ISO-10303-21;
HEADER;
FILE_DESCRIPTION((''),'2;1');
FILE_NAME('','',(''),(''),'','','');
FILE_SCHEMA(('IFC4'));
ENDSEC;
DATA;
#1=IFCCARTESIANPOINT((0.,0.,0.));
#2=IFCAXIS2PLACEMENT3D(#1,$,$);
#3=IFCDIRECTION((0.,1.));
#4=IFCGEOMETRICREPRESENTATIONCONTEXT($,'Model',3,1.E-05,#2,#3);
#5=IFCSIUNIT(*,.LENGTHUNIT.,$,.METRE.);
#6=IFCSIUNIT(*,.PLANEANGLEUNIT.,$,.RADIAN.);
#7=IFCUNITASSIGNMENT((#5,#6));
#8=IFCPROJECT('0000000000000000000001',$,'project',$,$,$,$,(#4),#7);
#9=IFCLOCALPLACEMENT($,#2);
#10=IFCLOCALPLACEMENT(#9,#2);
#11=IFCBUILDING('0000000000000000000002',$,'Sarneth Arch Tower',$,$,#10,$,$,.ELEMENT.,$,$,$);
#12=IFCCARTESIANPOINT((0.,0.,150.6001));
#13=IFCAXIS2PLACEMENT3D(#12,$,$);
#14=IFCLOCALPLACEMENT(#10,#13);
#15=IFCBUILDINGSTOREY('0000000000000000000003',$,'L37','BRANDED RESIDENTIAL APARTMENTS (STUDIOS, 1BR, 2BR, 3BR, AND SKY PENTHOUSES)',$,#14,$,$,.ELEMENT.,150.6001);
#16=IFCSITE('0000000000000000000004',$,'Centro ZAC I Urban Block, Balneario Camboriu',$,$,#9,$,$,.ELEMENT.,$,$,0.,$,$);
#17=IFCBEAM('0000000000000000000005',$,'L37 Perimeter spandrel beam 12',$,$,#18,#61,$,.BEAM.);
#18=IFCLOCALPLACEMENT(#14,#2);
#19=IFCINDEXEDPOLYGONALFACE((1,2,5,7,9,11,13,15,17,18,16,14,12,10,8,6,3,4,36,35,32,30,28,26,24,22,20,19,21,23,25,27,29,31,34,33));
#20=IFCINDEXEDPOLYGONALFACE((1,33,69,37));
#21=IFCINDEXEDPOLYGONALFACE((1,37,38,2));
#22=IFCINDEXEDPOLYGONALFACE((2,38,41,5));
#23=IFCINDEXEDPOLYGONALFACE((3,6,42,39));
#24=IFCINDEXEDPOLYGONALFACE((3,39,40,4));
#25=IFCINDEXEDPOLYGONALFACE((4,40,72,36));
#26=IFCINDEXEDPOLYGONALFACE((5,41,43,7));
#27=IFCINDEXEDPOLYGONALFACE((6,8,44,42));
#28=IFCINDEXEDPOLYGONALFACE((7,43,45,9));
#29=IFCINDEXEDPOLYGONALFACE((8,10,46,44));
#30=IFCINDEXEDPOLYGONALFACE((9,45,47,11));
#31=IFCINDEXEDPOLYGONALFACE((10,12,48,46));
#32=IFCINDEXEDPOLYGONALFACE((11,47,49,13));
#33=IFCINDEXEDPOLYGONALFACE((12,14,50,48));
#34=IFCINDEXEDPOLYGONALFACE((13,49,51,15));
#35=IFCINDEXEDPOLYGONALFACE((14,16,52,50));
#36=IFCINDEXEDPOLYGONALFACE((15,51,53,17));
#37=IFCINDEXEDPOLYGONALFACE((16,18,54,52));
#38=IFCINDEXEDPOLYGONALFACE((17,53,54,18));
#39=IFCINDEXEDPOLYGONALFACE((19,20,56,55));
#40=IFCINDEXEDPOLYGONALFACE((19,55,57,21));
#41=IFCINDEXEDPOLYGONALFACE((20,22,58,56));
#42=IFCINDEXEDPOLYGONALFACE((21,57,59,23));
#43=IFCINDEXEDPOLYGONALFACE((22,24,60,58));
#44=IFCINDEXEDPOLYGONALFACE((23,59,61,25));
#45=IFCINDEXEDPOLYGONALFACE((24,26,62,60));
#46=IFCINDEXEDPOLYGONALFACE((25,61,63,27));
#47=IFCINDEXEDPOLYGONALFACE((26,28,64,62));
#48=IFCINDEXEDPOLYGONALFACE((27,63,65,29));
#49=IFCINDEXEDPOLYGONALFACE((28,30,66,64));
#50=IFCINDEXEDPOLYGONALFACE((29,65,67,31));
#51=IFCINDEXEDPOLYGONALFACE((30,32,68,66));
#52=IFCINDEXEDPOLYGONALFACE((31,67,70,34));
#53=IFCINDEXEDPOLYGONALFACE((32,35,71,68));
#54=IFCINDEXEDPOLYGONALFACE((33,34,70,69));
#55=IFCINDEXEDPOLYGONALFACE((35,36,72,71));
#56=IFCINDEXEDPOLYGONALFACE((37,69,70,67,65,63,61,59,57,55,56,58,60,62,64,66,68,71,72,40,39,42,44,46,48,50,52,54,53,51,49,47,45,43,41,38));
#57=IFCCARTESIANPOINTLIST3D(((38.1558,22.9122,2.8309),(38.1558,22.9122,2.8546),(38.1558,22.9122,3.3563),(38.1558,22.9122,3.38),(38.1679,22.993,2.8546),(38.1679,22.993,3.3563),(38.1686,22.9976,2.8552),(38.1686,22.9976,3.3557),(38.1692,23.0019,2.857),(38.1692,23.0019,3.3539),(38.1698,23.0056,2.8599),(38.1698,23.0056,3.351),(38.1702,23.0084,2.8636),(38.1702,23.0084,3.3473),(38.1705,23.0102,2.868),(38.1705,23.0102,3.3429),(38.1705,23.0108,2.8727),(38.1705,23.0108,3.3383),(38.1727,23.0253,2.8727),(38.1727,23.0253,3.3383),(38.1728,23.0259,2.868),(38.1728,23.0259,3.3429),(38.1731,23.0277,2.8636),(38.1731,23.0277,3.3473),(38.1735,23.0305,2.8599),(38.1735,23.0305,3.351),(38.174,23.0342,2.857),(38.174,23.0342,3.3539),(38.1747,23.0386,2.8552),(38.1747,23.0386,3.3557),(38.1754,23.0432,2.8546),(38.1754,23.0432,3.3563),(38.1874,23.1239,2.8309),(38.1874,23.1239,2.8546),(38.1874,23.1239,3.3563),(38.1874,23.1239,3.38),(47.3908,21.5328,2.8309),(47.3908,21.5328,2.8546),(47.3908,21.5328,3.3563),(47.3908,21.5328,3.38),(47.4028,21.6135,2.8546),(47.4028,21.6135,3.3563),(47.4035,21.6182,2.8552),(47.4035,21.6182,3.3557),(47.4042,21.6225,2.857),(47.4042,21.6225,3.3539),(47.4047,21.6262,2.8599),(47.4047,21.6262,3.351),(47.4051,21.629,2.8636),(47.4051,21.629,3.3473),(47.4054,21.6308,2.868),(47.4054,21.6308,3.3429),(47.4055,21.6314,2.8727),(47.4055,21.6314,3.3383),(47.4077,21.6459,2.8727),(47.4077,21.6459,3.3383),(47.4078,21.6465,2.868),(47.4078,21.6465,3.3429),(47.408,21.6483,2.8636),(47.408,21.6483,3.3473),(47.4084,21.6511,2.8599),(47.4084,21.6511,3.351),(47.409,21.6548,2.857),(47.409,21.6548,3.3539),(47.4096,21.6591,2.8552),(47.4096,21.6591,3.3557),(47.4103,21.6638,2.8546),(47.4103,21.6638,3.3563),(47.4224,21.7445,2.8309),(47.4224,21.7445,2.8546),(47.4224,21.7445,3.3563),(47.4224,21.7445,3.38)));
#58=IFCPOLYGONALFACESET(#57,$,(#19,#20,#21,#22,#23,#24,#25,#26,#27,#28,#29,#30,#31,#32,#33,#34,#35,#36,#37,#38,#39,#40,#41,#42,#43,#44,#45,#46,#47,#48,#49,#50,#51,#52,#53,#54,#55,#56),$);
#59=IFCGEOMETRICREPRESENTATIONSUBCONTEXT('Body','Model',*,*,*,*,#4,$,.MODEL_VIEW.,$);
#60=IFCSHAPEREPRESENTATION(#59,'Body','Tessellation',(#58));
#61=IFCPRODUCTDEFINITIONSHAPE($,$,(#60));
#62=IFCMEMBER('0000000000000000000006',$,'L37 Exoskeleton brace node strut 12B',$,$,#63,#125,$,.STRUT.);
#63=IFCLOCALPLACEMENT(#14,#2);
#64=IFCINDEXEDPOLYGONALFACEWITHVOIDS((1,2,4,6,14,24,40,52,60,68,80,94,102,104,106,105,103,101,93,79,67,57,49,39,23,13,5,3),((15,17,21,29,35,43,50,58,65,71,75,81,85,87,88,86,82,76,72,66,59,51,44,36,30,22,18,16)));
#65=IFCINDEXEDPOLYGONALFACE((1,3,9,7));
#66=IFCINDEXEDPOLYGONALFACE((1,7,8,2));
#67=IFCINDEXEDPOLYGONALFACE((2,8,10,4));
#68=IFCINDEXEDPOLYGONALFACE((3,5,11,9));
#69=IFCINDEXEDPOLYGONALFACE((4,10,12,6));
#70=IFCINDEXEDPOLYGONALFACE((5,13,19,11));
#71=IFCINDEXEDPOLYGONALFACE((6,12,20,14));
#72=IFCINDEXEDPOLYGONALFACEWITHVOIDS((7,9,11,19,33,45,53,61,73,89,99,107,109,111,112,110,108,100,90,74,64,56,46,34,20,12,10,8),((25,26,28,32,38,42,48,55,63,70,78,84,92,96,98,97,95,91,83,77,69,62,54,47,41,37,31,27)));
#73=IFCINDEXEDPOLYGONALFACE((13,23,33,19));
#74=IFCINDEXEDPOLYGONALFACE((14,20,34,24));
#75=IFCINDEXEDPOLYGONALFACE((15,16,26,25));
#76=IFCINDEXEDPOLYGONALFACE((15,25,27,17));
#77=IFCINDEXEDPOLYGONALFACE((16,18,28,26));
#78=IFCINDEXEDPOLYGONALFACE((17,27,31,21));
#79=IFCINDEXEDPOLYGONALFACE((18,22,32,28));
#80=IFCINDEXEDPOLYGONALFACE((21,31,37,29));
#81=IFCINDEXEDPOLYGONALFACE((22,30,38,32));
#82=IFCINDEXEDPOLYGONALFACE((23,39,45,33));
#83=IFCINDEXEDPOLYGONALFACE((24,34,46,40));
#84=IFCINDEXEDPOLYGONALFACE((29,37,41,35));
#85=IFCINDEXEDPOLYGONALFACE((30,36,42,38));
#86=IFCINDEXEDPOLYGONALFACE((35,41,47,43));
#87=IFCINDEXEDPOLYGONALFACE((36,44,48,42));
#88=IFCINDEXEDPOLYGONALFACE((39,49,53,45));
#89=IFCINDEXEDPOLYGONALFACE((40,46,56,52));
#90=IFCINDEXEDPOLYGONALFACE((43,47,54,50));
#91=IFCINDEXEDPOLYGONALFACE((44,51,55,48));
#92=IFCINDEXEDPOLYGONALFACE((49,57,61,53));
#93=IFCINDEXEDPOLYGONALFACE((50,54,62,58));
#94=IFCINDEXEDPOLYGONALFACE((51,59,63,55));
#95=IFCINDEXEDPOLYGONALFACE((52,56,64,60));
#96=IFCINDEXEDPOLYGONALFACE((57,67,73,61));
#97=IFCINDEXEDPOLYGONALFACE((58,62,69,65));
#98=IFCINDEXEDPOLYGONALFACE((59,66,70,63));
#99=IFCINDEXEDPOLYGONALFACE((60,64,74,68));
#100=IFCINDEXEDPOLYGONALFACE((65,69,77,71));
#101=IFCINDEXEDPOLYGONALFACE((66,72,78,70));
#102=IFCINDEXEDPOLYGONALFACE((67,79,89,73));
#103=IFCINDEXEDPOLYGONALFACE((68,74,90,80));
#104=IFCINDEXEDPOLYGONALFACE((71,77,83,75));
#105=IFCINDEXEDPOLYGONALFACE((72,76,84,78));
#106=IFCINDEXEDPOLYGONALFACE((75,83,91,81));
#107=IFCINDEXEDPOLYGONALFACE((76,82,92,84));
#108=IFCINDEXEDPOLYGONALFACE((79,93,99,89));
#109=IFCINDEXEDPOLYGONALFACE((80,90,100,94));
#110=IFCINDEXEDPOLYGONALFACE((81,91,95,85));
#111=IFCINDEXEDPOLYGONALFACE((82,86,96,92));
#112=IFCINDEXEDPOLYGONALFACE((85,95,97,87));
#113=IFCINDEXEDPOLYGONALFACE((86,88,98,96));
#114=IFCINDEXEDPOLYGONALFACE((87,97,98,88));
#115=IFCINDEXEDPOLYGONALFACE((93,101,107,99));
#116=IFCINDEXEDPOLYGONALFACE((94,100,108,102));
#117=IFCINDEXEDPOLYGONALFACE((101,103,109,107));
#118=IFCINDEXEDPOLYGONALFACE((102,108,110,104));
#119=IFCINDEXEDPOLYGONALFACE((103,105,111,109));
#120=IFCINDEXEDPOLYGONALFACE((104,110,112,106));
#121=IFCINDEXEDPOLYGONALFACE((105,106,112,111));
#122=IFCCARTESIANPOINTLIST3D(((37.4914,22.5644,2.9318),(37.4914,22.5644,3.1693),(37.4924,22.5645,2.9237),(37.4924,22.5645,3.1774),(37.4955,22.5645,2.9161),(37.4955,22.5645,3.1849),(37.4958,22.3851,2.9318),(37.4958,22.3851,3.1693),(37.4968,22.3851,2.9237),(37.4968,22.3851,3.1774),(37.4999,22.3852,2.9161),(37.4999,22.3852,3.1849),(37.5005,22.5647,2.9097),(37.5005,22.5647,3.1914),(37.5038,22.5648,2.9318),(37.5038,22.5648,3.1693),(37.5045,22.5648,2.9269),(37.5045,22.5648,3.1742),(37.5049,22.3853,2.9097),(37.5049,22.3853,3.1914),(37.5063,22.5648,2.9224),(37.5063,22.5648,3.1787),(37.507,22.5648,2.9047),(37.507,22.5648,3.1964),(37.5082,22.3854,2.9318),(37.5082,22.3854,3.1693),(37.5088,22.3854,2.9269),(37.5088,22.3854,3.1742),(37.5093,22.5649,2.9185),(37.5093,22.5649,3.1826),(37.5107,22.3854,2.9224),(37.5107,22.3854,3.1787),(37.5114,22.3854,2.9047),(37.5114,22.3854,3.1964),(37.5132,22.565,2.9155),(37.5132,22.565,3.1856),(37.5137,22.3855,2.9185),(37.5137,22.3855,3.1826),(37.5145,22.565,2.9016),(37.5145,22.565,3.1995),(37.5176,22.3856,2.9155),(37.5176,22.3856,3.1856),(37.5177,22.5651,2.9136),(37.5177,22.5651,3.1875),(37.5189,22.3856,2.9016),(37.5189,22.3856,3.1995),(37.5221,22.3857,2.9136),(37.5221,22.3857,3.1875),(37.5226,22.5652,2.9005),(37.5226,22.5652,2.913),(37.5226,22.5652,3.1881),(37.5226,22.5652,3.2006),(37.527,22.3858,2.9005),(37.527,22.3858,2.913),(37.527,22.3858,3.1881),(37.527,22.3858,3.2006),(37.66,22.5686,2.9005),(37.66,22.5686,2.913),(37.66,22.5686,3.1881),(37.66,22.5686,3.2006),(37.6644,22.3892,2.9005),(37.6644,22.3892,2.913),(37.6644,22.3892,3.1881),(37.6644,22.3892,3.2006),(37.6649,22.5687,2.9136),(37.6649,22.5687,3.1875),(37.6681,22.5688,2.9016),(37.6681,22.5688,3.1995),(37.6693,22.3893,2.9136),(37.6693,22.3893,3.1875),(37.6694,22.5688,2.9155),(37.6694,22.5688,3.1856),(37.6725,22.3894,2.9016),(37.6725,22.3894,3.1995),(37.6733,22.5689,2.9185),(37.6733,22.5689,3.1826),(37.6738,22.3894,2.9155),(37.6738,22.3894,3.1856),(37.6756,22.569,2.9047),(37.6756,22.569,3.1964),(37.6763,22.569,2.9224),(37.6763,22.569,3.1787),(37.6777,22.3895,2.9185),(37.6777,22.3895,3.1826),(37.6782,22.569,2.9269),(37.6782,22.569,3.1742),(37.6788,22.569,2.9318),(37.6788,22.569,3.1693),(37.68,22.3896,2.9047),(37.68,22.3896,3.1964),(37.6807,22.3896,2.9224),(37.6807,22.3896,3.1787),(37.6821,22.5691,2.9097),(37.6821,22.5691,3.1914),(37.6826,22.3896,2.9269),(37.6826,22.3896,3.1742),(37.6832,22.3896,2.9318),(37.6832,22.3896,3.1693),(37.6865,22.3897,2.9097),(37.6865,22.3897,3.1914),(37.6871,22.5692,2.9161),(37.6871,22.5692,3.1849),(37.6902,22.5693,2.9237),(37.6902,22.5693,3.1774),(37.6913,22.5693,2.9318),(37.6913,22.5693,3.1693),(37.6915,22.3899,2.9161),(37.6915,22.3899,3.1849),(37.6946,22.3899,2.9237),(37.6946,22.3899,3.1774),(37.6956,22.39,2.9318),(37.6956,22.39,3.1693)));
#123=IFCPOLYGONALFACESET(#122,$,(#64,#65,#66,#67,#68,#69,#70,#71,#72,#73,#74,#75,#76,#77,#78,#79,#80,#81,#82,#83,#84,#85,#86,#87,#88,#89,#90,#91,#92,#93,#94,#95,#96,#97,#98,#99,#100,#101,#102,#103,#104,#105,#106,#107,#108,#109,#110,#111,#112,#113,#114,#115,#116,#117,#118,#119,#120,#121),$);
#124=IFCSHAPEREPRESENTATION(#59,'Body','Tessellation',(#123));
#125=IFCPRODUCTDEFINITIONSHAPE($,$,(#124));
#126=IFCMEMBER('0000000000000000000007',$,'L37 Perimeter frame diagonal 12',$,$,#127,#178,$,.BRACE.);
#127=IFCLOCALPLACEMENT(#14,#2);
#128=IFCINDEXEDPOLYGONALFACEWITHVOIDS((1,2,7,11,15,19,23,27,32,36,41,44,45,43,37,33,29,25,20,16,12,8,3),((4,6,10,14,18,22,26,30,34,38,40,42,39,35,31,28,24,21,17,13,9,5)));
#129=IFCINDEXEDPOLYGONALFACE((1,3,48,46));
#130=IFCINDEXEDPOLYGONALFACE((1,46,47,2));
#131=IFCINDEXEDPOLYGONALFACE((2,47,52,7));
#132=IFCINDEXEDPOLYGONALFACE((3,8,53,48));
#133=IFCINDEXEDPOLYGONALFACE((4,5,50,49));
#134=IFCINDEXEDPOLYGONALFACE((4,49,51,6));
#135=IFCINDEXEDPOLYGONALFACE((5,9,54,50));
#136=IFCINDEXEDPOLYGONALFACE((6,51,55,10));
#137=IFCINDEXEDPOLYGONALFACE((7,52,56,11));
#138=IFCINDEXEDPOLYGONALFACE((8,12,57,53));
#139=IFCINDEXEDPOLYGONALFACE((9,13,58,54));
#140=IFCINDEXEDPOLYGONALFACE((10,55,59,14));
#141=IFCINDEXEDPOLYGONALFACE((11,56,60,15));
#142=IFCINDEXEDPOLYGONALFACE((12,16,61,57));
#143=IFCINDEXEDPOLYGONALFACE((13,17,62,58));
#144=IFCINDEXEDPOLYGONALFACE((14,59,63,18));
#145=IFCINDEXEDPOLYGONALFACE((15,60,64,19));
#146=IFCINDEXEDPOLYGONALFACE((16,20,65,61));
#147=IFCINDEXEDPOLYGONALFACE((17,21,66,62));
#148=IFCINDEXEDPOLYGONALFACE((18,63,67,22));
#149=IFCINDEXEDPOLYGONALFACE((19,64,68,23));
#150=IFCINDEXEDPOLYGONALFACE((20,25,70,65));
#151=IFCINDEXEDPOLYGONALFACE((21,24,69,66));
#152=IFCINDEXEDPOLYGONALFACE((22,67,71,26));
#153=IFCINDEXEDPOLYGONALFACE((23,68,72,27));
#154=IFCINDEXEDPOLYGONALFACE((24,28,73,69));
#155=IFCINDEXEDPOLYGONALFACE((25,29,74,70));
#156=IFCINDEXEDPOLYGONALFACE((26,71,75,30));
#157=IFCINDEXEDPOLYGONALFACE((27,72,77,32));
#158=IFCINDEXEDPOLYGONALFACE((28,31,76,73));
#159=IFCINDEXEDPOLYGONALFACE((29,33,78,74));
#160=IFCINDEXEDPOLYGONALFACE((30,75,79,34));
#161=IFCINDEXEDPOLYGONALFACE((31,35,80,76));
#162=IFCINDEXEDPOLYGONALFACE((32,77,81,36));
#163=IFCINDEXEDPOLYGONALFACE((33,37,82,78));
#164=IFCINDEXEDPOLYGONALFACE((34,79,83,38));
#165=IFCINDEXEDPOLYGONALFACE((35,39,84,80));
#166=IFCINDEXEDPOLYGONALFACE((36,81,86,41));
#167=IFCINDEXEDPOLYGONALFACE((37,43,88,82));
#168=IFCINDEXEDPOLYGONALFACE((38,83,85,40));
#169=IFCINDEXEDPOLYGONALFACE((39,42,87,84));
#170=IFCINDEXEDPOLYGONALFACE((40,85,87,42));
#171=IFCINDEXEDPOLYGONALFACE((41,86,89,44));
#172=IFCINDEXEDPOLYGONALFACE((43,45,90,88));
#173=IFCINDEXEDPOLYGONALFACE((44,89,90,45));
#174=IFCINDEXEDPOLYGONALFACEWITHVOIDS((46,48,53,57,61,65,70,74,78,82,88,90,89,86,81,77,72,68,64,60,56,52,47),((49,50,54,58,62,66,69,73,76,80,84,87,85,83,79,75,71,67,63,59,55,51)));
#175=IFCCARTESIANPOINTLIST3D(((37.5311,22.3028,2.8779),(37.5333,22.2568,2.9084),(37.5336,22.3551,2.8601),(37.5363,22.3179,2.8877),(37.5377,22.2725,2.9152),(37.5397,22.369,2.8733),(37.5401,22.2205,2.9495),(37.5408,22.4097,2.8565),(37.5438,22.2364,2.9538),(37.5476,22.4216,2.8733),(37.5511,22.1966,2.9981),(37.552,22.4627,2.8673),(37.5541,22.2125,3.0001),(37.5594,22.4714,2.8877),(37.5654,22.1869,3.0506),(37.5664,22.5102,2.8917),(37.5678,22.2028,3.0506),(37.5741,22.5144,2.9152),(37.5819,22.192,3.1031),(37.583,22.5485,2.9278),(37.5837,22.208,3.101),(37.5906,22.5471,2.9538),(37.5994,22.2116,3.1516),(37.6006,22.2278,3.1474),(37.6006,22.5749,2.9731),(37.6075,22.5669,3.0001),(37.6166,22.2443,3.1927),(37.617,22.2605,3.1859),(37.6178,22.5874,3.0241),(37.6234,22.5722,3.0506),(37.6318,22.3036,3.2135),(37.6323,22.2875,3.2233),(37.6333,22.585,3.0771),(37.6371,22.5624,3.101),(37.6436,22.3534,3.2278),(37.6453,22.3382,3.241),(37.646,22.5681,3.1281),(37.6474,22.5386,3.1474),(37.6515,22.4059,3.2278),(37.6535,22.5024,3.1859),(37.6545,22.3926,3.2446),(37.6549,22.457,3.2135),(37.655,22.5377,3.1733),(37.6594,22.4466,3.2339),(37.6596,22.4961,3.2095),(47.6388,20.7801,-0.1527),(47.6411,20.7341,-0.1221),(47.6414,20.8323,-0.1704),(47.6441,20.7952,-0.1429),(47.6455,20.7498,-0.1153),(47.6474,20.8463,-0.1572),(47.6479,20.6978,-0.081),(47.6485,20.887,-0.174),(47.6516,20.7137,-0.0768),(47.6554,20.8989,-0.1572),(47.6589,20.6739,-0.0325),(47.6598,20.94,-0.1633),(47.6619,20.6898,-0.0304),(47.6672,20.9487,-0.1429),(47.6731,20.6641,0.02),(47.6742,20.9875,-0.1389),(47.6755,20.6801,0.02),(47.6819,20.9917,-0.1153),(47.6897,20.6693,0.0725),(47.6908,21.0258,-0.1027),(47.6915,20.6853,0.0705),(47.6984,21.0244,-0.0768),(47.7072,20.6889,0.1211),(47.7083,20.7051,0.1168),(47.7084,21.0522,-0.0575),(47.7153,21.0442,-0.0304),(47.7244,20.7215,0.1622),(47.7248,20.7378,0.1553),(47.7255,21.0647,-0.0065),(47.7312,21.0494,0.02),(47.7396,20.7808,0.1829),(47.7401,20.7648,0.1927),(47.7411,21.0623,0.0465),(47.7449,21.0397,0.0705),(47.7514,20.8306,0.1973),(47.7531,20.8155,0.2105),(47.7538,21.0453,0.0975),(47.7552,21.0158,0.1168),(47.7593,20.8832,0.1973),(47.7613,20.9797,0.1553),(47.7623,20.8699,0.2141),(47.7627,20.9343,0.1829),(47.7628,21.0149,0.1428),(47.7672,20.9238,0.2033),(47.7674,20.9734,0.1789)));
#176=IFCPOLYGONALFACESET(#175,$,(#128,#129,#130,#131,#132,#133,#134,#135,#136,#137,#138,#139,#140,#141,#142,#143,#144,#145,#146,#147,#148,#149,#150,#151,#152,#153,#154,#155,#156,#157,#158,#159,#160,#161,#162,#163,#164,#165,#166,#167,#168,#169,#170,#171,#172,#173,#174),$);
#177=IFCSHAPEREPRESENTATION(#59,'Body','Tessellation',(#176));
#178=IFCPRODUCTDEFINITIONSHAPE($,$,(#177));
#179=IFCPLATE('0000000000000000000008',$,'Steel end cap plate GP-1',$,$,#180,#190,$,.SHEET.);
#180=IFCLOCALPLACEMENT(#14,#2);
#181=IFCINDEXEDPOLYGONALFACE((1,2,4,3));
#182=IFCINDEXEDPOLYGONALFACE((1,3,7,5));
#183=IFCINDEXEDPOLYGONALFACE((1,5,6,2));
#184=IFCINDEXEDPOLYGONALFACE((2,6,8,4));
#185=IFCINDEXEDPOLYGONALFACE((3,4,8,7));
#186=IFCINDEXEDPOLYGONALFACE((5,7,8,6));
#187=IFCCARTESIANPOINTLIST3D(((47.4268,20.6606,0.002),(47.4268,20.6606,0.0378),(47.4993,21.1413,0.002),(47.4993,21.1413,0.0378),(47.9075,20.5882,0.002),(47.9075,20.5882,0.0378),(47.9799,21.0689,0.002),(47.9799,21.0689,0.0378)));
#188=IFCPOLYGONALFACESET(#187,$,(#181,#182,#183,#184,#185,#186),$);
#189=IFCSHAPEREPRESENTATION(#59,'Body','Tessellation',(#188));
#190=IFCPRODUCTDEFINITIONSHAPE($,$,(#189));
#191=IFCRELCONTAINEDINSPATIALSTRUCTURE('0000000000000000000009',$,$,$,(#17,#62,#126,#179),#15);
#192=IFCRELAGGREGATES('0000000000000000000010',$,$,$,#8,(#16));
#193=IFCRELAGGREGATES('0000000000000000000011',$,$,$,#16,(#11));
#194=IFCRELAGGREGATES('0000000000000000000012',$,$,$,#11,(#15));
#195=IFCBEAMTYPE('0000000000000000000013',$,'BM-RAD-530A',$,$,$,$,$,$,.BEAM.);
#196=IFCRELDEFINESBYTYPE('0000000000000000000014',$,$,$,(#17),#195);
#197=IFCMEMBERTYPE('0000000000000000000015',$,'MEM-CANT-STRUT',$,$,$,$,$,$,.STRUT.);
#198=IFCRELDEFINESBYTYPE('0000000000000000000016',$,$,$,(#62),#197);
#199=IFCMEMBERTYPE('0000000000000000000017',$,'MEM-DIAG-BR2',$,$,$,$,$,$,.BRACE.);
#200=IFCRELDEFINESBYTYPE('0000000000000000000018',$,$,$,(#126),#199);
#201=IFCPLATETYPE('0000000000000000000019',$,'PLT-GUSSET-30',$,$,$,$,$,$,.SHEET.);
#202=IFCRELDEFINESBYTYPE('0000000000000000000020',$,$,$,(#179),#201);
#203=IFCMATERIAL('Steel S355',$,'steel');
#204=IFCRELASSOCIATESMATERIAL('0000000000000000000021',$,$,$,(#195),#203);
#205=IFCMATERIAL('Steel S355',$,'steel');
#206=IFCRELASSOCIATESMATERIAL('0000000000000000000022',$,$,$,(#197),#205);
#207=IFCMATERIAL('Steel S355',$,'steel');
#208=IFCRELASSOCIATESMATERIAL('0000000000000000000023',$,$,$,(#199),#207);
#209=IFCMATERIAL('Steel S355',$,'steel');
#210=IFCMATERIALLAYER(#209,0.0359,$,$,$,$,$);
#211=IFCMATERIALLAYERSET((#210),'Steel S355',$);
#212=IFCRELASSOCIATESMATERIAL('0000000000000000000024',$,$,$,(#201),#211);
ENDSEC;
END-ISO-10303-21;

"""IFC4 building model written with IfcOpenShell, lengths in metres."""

from ifc_helpers import new_model, si_unit, direction, frame, origin, origin_2d, place, context, subcontext, project, spatial, rectangle, hollow_rectangle, hollow_circle, i_section, extrude, material, layer, layer_set, material_profile, profile_set, type_object, element, save


model = new_model("IFC4")

# Units and contexts
model_context = context("Model", 3, precision=1e-05, world=origin(), true_north=direction((0.0, 1.0)))
body_context = subcontext(model_context, "Body", "Model", "MODEL_VIEW")
ifc_project = project(units=[si_unit("LENGTHUNIT", "METRE"), si_unit("PLANEANGLEUNIT", "RADIAN")], contexts=[model_context])

# Site, building, storey
site_placement = place(None, origin())
site = spatial("IfcSite", under=ifc_project, at=site_placement, Name="Centro ZAC I Urban Block, Balneario Camboriu", CompositionType="ELEMENT", RefElevation=0.0)
building_placement = place(site_placement, origin())
building = spatial("IfcBuilding", under=site, at=building_placement, Name="Sarneth Arch Tower", CompositionType="ELEMENT")
storey_placement = place(building_placement, frame((0.0, 0.0, 150.6001)))
storey = spatial("IfcBuildingStorey", under=building, at=storey_placement, Name="L37", Description="BRANDED RESIDENTIAL APARTMENTS (STUDIOS, 1BR, 2BR, 3BR, AND SKY PENTHOUSES)", CompositionType="ELEMENT", Elevation=150.6001)

# Beam
ifc_material_1 = material(Name="Steel S355", Category="steel")
ifc_material_profile_1 = material_profile(ifc_material_1, i_section(OverallWidth=0.2141, OverallDepth=0.5491, WebThickness=0.0146, FlangeThickness=0.0237, FilletRadius=0.0181, at=origin_2d()), Name="W530x138")
ifc_profile_set_1 = profile_set([ifc_material_profile_1], Name="Steel S355")
beam_type_1 = type_object("IfcBeamType", Name="BM-RAD-530A", PredefinedType="BEAM", material=ifc_profile_set_1)
beam_1_placement = place(storey_placement, frame((38.1716, 23.0181, 3.1055), z_axis=(0.989028, -0.147729, 0.0), x_axis=(0.147729, 0.989028, 0.0)))
element("IfcBeam", 1, at=beam_1_placement, inside=storey, type_object=beam_type_1, Name="L37 Perimeter spandrel beam 12", PredefinedType="BEAM", context=body_context, shape_type="SweptSolid", body=[
    extrude(i_section(OverallWidth=0.2141, OverallDepth=0.5491, WebThickness=0.0146, FlangeThickness=0.0237, FilletRadius=0.0181, at=origin_2d()), origin(), (0.0, 0.0, 1.0), 9.3374),
])

# Members
ifc_material_2 = material(Name="Steel S355", Category="steel")
ifc_material_profile_2 = material_profile(ifc_material_2, hollow_rectangle(XDim=0.2, YDim=0.3, WallThickness=0.0125, InnerFilletRadius=0.0188, OuterFilletRadius=0.0312, at=origin_2d()), Name="RHS300x200x12.5")
ifc_profile_set_2 = profile_set([ifc_material_profile_2], Name="Steel S355")
member_type_1 = type_object("IfcMemberType", Name="MEM-CANT-STRUT", PredefinedType="STRUT", material=ifc_profile_set_2)
member_1_placement = place(storey_placement, frame((37.5913, 22.5669, 3.0505), z_axis=(0.024482, -0.9997, 0.0), x_axis=(0.9997, 0.024482, 0.0)))
element("IfcMember", 2, at=member_1_placement, inside=storey, type_object=member_type_1, Name="L37 Exoskeleton brace node strut 12B", PredefinedType="STRUT", context=body_context, shape_type="SweptSolid", body=[
    extrude(hollow_rectangle(XDim=0.2, YDim=0.3, WallThickness=0.0125, InnerFilletRadius=0.0188, OuterFilletRadius=0.0312, at=origin_2d()), origin(), (0.0, 0.0, 1.0), 0.1794),
])
ifc_material_3 = material(Name="Steel S355", Category="steel")
ifc_material_profile_3 = material_profile(ifc_material_3, hollow_circle(Radius=0.2029, WallThickness=0.0161, at=origin_2d()), Name="CHS406x16")
ifc_profile_set_3 = profile_set([ifc_material_profile_3], Name="Steel S355")
member_type_2 = type_object("IfcMemberType", Name="MEM-DIAG-BR2", PredefinedType="BRACE", material=ifc_profile_set_3)
member_2_placement = place(storey_placement, frame((47.7034, 20.8647, 0.02), z_axis=(-0.948053, 0.142823, 0.284249), x_axis=(-0.148968, -0.988842, 0.0)))
element("IfcMember", 3, at=member_2_placement, inside=storey, type_object=member_type_2, Name="L37 Perimeter frame diagonal 12", PredefinedType="BRACE", context=body_context, shape_type="SweptSolid", body=[
    extrude(hollow_circle(Radius=0.2029, WallThickness=0.0161, at=origin_2d()), origin(), (0.0, 0.0, 1.0), 10.6616),
])

# Plate
ifc_material_4 = material(Name="Steel S355", Category="steel")
ifc_layer_1 = layer(ifc_material_4, 0.0359)
ifc_layer_set_1 = layer_set([ifc_layer_1], Name="Steel S355")
plate_type_1 = type_object("IfcPlateType", Name="PLT-GUSSET-30", PredefinedType="SHEET", material=ifc_layer_set_1)
for number, where, z_axis, x_axis, name in (
    (4, (47.7034, 20.8647, 0.002), (0.0, 0.0, 1.0), (0.988835, -0.149018, 0.0), "Steel end cap plate GP-1"),
):
    element("IfcPlate", number, at=place(storey_placement, frame(where, z_axis=z_axis, x_axis=x_axis)), inside=storey, type_object=plate_type_1, Name=name, PredefinedType="SHEET", context=body_context, shape_type="SweptSolid", body=[
        extrude(rectangle(XDim=0.4861, YDim=0.4861, at=origin_2d()), origin(), (0.0, 0.0, 1.0), 0.0359),
    ])

save(model, "model.ifc")
